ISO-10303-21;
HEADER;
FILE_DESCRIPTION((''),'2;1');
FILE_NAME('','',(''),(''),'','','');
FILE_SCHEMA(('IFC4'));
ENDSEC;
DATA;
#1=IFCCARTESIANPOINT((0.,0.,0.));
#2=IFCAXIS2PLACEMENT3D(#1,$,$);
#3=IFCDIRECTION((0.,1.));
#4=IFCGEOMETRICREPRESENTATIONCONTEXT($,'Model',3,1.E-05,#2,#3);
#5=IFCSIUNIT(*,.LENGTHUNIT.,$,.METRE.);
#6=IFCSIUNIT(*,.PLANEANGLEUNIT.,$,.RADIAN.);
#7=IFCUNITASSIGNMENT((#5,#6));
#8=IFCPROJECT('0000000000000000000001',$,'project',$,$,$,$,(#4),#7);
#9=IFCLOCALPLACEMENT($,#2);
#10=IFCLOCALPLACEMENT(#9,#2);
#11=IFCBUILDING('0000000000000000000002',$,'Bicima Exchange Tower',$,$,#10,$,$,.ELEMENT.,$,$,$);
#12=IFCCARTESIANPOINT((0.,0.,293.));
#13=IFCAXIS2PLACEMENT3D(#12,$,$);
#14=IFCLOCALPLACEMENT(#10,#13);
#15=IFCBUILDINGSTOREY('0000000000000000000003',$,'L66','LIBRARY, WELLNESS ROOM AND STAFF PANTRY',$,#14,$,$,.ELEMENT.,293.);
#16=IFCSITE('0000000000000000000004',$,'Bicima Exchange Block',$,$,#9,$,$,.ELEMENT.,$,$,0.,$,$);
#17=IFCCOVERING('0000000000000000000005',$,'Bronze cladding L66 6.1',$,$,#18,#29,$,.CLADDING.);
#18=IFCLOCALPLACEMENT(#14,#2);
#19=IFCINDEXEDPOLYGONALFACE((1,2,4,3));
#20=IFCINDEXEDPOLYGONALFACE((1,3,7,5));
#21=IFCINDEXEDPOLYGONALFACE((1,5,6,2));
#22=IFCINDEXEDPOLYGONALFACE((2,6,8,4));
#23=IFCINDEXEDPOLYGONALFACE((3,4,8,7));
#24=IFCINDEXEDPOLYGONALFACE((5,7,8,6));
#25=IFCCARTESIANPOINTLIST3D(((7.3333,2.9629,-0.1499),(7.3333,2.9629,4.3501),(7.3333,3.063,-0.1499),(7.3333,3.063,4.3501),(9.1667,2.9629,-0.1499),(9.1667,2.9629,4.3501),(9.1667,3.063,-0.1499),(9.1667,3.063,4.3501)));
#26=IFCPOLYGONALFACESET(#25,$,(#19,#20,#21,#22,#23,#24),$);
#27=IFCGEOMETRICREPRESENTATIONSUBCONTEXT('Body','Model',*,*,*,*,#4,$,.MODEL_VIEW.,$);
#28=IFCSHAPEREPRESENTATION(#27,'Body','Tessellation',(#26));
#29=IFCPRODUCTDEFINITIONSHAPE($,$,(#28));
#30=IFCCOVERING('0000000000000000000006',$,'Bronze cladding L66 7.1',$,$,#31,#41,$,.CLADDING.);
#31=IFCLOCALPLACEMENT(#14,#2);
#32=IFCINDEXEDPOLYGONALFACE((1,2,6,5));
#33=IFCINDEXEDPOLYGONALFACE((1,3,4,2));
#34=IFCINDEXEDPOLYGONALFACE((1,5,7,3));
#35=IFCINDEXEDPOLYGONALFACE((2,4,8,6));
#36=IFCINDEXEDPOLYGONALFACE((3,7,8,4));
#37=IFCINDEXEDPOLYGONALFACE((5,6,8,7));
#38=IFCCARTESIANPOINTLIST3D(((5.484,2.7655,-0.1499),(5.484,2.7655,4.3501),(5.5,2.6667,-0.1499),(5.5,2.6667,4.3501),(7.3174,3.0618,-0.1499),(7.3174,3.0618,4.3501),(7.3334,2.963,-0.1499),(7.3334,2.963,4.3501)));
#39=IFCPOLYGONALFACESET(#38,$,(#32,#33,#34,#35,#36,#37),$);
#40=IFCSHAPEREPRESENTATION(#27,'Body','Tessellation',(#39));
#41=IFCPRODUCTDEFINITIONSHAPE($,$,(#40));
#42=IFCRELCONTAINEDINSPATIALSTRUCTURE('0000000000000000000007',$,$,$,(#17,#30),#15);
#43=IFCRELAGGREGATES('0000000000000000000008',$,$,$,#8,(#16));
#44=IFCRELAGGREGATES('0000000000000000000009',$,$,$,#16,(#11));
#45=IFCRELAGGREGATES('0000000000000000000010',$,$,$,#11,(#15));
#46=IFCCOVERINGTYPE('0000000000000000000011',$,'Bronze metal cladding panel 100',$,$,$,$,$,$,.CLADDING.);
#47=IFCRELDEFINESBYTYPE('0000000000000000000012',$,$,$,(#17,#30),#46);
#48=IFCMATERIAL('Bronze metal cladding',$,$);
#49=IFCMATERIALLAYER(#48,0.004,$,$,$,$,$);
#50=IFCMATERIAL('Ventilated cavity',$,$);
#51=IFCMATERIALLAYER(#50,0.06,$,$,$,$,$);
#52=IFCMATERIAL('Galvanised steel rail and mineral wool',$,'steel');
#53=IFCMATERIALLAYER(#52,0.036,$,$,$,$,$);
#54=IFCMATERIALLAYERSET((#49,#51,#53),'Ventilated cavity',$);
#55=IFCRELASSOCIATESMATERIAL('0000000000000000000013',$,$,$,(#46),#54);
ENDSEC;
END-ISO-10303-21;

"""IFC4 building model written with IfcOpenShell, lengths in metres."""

from ifc_helpers import new_model, si_unit, direction, frame, origin, origin_2d, place, context, subcontext, project, spatial, rectangle, extrude, material, layer, layer_set, type_object, element, save


model = new_model("IFC4")

# Units and contexts
model_context = context("Model", 3, precision=1e-05, world=origin(), true_north=direction((0.0, 1.0)))
body_context = subcontext(model_context, "Body", "Model", "MODEL_VIEW")
ifc_project = project(units=[si_unit("LENGTHUNIT", "METRE"), si_unit("PLANEANGLEUNIT", "RADIAN")], contexts=[model_context])

# Site, building, storey
site_placement = place(None, origin())
site = spatial("IfcSite", under=ifc_project, at=site_placement, Name="Bicima Exchange Block", CompositionType="ELEMENT", RefElevation=0.0)
building_placement = place(site_placement, origin())
building = spatial("IfcBuilding", under=site, at=building_placement, Name="Bicima Exchange Tower", CompositionType="ELEMENT")
storey_placement = place(building_placement, frame((0.0, 0.0, 293.0)))
storey = spatial("IfcBuildingStorey", under=building, at=storey_placement, Name="L66", Description="LIBRARY, WELLNESS ROOM AND STAFF PANTRY", CompositionType="ELEMENT", Elevation=293.0)

# Coverings
ifc_material_1 = material(Name="Bronze metal cladding")
ifc_layer_1 = layer(ifc_material_1, 0.004)
ifc_material_2 = material(Name="Ventilated cavity")
ifc_layer_2 = layer(ifc_material_2, 0.06)
ifc_material_3 = material(Name="Galvanised steel rail and mineral wool", Category="steel")
ifc_layer_3 = layer(ifc_material_3, 0.036)
ifc_layer_set_1 = layer_set([ifc_layer_1, ifc_layer_2, ifc_layer_3], Name="Ventilated cavity")
covering_type = type_object("IfcCoveringType", Name="Bronze metal cladding panel 100", PredefinedType="CLADDING", material=ifc_layer_set_1)
covering_1_placement = place(storey_placement, frame((8.25, 3.0129, -0.1499), z_axis=(0.0, 0.0, 1.0), x_axis=(-1.0, 0.0, 0.0)))
element("IfcCovering", 1, at=covering_1_placement, inside=storey, type_object=covering_type, Name="Bronze cladding L66 6.1", PredefinedType="CLADDING", context=body_context, shape_type="SweptSolid", body=[
    extrude(rectangle(XDim=1.8335, YDim=0.1001, at=origin_2d()), origin(), (0.0, 0.0, 1.0), 4.5),
])
covering_2_placement = place(storey_placement, frame((6.4087, 2.8643, -0.1499), z_axis=(0.0, 0.0, 1.0), x_axis=(-0.98719, -0.15955, 0.0)))
element("IfcCovering", 2, at=covering_2_placement, inside=storey, type_object=covering_type, Name="Bronze cladding L66 7.1", PredefinedType="CLADDING", context=body_context, shape_type="SweptSolid", body=[
    extrude(rectangle(XDim=1.8572, YDim=0.1001, at=origin_2d()), origin(), (0.0, 0.0, 1.0), 4.5),
])

save(model, "model.ifc")
